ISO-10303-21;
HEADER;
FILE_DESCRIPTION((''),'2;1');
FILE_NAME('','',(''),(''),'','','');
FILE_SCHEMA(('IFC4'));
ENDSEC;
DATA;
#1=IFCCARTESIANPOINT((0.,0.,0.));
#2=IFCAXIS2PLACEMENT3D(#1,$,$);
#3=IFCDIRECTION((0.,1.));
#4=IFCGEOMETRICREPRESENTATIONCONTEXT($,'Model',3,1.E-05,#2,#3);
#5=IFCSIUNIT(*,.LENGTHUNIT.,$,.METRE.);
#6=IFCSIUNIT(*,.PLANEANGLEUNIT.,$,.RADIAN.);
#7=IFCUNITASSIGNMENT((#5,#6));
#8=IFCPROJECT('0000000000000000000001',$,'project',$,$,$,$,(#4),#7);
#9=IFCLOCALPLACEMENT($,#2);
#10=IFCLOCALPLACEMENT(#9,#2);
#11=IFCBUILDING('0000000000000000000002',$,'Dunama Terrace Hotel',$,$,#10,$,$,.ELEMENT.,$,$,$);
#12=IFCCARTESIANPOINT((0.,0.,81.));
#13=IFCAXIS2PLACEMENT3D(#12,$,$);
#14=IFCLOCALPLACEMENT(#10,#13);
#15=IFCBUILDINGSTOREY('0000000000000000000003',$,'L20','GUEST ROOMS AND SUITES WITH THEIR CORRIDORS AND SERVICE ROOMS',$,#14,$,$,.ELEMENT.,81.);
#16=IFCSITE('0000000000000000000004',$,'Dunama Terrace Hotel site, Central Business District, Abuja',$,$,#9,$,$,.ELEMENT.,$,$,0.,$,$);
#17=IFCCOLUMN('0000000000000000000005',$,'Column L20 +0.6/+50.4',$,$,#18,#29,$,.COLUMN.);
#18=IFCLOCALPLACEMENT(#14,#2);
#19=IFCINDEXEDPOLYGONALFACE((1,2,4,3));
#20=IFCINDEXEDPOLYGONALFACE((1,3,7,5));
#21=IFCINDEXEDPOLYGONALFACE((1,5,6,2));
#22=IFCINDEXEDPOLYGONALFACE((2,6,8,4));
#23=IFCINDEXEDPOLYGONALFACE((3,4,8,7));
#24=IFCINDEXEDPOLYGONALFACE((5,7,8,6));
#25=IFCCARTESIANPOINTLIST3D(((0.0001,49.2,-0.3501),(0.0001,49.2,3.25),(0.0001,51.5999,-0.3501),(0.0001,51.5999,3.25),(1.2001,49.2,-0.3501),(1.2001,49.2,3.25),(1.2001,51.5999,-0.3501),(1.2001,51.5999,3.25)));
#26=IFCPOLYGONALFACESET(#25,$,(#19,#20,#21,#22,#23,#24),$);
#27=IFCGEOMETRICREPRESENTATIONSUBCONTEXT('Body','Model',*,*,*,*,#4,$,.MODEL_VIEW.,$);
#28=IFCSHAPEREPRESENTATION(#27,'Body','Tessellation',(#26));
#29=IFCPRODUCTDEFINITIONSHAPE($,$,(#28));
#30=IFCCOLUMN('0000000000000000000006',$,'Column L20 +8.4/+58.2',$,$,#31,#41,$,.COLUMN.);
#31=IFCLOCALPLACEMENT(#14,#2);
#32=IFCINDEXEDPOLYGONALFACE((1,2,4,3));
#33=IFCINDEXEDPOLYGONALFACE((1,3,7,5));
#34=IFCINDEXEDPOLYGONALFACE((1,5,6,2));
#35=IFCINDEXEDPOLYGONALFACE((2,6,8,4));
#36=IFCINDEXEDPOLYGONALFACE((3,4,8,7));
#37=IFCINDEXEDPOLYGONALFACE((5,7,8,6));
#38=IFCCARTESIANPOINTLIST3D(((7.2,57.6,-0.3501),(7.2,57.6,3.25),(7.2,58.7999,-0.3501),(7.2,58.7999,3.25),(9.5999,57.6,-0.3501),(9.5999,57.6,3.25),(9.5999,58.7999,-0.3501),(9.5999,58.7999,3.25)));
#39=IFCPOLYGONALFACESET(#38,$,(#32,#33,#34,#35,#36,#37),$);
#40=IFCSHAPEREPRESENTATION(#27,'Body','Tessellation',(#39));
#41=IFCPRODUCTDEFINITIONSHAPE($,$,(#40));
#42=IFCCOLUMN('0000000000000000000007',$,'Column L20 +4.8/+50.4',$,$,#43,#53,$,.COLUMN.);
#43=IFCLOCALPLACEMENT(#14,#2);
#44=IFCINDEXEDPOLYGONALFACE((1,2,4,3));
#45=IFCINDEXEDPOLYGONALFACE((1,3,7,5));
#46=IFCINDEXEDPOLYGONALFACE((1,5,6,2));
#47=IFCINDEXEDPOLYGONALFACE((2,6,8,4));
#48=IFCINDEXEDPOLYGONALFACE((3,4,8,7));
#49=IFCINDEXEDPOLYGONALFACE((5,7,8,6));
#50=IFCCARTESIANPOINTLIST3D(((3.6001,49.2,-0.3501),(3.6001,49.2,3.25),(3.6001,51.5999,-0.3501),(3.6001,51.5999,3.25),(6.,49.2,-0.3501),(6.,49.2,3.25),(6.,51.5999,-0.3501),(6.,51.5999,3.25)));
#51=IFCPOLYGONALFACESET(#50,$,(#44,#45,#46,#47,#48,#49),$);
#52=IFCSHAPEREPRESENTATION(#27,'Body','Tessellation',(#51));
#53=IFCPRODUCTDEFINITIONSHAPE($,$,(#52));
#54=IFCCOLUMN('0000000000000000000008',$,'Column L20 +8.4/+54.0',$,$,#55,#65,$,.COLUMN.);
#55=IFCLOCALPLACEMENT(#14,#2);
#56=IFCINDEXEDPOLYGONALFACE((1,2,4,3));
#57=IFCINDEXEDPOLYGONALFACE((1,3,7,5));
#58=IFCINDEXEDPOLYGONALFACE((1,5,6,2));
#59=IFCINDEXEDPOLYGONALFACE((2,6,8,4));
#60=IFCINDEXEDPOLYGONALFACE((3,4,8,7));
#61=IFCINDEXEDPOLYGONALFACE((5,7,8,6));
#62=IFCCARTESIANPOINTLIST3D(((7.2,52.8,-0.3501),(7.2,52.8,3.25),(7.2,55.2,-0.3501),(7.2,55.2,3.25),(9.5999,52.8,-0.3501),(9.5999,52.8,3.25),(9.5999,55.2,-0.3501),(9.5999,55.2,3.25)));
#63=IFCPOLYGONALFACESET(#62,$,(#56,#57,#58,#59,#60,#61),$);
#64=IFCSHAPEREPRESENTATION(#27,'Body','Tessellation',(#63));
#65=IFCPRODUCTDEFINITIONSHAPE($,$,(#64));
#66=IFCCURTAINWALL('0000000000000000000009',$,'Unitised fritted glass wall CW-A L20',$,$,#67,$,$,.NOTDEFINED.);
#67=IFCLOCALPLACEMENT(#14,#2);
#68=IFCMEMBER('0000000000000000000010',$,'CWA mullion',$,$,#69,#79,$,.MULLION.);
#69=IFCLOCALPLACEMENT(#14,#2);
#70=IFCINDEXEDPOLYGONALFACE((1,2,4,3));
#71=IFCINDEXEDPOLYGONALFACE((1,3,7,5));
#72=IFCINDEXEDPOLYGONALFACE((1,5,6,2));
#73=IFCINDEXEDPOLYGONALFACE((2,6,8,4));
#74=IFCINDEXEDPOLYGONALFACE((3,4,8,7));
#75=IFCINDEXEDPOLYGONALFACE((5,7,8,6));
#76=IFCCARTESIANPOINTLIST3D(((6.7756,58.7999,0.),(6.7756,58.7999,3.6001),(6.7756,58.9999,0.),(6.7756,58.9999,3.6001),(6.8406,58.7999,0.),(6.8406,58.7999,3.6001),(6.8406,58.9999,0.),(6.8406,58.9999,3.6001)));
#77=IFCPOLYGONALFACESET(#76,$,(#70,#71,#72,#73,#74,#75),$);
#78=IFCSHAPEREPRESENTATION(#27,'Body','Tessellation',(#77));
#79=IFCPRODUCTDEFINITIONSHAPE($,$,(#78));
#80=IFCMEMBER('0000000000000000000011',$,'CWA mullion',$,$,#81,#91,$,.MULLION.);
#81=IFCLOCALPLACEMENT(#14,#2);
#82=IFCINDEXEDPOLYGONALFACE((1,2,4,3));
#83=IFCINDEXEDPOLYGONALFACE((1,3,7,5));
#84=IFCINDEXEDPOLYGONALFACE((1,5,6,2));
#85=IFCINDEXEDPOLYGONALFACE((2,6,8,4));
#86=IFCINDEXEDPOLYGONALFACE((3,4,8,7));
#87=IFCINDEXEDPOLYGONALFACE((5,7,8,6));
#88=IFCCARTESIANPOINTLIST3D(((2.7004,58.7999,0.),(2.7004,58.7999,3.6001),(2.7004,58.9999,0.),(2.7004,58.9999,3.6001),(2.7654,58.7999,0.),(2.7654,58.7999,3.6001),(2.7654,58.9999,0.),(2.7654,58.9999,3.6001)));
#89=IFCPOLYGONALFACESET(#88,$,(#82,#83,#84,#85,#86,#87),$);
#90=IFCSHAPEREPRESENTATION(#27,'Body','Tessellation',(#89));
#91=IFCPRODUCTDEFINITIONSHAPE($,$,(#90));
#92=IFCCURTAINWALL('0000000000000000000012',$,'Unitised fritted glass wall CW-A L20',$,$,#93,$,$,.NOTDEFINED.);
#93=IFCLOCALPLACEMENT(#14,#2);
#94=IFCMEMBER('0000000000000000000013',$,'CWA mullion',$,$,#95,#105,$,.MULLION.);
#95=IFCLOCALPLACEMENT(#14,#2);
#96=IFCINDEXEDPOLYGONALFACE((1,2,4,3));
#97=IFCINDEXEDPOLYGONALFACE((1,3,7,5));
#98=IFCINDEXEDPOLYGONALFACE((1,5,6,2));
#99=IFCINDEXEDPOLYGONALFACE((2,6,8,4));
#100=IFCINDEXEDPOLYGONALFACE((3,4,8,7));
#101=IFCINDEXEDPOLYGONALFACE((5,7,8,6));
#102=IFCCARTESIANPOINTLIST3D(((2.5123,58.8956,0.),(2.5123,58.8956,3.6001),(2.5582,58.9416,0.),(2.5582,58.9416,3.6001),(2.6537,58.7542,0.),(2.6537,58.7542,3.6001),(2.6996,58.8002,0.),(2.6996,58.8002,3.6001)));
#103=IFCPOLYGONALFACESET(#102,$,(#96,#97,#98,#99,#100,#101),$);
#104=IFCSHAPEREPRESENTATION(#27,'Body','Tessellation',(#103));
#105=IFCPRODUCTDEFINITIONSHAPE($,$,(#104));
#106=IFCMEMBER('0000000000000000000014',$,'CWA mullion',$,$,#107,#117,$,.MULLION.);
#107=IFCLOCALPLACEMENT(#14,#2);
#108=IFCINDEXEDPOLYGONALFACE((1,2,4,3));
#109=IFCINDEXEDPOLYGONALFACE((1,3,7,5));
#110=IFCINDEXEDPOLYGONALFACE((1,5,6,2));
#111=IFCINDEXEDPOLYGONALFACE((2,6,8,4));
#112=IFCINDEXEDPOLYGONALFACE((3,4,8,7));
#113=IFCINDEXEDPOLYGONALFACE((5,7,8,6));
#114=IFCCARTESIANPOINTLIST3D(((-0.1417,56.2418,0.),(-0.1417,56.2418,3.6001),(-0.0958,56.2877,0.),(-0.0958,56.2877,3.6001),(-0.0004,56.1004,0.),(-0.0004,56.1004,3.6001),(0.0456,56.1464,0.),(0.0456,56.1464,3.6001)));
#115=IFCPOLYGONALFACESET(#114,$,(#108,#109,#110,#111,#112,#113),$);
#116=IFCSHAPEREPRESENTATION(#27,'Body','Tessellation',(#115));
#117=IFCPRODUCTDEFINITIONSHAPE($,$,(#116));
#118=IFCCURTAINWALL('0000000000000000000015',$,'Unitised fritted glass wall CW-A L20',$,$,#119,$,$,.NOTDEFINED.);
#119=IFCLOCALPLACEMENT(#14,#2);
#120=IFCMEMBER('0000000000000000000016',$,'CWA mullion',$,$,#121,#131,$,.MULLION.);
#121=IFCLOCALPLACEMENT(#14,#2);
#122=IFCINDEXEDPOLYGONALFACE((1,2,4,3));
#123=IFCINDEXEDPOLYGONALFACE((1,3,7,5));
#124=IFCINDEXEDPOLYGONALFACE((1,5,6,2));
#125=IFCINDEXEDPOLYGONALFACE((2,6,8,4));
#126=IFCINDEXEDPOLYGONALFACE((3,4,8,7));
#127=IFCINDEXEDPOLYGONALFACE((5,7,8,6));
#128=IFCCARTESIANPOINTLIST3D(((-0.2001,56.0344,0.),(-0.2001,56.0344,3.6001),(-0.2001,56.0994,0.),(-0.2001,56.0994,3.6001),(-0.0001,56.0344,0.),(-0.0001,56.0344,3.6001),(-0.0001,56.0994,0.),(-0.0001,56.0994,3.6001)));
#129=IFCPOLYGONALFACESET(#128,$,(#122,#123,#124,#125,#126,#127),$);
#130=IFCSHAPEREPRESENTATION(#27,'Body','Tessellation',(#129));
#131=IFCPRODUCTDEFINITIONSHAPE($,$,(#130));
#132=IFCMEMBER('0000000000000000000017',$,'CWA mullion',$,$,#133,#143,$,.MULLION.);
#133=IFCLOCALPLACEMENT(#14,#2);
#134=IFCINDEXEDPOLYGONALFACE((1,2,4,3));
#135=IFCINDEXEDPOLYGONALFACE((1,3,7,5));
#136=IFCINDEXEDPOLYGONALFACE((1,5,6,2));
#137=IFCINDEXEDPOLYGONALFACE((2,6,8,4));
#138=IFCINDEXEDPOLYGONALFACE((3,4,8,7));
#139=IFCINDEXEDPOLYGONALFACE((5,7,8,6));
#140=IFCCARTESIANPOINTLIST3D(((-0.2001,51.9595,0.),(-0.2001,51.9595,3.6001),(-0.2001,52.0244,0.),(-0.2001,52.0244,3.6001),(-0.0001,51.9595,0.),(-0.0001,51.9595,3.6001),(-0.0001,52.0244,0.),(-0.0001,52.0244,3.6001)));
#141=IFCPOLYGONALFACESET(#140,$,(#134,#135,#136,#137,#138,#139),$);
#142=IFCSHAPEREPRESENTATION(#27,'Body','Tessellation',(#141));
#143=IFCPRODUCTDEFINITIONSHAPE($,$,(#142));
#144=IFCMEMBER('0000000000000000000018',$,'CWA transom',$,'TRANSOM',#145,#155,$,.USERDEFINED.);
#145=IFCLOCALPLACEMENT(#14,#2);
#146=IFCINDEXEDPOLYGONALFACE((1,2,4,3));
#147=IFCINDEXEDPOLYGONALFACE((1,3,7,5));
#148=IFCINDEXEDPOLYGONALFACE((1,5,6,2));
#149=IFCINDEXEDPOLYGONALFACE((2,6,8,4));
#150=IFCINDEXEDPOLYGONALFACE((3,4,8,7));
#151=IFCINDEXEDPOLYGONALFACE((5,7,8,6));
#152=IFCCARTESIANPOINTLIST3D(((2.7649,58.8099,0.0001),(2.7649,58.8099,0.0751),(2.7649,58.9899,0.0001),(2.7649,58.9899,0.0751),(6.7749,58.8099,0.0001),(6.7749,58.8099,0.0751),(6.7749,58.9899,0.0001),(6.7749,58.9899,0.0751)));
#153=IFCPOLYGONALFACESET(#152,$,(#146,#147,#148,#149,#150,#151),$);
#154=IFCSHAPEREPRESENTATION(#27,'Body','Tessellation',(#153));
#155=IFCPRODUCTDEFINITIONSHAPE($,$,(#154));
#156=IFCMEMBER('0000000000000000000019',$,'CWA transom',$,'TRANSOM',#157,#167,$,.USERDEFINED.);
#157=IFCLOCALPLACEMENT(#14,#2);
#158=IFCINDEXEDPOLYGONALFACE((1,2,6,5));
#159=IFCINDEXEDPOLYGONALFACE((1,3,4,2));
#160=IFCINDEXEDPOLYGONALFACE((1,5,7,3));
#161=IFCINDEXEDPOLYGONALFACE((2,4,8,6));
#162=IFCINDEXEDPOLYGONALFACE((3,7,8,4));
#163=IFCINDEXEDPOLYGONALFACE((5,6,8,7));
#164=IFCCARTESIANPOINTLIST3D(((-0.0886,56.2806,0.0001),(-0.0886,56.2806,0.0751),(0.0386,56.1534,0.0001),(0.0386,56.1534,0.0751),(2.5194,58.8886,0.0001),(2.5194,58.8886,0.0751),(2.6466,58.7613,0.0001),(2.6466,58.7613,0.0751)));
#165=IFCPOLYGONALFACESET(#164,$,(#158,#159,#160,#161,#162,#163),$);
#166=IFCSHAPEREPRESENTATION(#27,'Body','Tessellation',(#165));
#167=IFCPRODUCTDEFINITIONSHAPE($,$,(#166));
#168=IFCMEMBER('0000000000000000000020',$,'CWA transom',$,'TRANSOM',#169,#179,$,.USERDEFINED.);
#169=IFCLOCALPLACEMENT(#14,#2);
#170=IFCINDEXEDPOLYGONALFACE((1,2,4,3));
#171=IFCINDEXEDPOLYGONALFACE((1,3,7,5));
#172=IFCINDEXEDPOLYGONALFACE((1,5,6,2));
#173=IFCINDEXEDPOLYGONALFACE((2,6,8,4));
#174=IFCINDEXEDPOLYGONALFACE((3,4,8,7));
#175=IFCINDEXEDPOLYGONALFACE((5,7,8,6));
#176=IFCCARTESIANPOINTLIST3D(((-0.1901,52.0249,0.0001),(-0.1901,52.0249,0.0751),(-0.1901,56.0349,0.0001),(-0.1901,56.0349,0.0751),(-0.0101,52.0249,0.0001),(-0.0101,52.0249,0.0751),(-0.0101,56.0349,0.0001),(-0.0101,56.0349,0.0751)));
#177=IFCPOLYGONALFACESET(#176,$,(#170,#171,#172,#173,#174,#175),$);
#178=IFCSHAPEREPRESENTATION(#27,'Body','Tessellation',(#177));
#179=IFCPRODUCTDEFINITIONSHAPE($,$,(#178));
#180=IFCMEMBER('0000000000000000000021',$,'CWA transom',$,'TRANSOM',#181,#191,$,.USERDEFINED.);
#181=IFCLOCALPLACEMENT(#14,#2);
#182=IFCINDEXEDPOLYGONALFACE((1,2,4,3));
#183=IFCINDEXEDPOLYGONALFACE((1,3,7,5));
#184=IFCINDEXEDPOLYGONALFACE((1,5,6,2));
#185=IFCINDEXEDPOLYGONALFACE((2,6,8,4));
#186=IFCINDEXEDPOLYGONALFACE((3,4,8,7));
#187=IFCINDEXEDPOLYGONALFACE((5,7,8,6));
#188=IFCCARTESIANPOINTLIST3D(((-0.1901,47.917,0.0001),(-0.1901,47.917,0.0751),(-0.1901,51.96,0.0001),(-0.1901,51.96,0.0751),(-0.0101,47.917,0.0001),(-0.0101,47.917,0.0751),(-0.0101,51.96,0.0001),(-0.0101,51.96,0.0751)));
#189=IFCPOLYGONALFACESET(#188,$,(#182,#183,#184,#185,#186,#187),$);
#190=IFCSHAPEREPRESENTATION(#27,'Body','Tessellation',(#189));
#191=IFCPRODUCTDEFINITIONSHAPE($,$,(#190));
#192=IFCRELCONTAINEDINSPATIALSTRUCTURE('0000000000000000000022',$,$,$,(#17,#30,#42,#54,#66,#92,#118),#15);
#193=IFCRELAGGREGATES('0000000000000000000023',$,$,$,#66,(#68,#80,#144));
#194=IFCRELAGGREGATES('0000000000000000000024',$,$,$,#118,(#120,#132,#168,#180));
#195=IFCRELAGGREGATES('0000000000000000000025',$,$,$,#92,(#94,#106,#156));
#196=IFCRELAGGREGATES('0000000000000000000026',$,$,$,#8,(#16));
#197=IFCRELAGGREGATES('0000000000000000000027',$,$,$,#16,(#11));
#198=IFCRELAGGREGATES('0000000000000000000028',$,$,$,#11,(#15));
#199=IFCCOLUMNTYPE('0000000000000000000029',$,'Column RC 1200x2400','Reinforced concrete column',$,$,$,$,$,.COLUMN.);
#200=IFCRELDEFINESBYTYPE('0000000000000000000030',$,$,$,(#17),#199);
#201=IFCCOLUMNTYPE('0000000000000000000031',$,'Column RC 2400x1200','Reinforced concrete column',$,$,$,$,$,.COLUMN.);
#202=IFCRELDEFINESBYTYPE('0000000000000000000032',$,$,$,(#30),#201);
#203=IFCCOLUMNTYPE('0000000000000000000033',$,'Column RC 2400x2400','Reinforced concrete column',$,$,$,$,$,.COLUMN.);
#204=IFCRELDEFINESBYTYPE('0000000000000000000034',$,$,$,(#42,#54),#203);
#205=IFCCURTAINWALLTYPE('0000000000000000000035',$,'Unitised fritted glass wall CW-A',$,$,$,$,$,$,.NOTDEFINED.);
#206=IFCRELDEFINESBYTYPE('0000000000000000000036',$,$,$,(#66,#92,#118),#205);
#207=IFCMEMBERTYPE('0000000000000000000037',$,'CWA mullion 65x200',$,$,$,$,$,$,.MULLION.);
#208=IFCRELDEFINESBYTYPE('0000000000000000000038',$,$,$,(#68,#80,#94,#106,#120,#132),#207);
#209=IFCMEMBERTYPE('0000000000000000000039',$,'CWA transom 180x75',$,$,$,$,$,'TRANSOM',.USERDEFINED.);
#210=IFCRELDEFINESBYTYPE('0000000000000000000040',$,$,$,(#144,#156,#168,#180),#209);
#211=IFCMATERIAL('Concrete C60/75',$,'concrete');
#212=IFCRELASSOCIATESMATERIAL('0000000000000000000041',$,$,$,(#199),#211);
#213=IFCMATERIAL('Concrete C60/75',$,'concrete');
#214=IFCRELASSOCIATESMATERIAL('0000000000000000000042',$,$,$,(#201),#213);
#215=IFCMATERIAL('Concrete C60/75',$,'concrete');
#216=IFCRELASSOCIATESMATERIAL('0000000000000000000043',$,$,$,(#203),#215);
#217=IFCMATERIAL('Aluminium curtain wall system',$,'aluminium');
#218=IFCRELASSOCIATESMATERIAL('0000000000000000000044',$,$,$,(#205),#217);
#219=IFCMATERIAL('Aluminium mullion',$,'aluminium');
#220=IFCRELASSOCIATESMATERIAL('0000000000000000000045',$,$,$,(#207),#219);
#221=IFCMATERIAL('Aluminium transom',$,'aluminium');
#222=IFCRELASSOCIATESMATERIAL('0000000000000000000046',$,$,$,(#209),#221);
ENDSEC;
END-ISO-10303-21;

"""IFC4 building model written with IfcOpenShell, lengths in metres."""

from ifc_helpers import new_model, si_unit, direction, frame, origin, origin_2d, place, context, subcontext, project, spatial, rectangle, extrude, material, material_profile, profile_set, type_object, element, aggregate, save


model = new_model("IFC4")

# Units and contexts
model_context = context("Model", 3, precision=1e-05, world=origin(), true_north=direction((0.0, 1.0)))
body_context = subcontext(model_context, "Body", "Model", "MODEL_VIEW")
ifc_project = project(units=[si_unit("LENGTHUNIT", "METRE"), si_unit("PLANEANGLEUNIT", "RADIAN")], contexts=[model_context])

# Site, building, storey
site_placement = place(None, origin())
site = spatial("IfcSite", under=ifc_project, at=site_placement, Name="Dunama Terrace Hotel site, Central Business District, Abuja", CompositionType="ELEMENT", RefElevation=0.0)
building_placement = place(site_placement, origin())
building = spatial("IfcBuilding", under=site, at=building_placement, Name="Dunama Terrace Hotel", CompositionType="ELEMENT")
storey_placement = place(building_placement, frame((0.0, 0.0, 81.0)))
storey = spatial("IfcBuildingStorey", under=building, at=storey_placement, Name="L20", Description="GUEST ROOMS AND SUITES WITH THEIR CORRIDORS AND SERVICE ROOMS", CompositionType="ELEMENT", Elevation=81.0)

# Columns
ifc_material_1 = material(Name="Concrete C60/75", Category="concrete")
ifc_material_profile_1 = material_profile(ifc_material_1, rectangle(XDim=1.2, YDim=2.3999, at=origin_2d()), Name="RC 1200x2400")
ifc_profile_set_1 = profile_set([ifc_material_profile_1], Name="Concrete C60/75")
column_type_1 = type_object("IfcColumnType", Name="Column RC 1200x2400", Description="Reinforced concrete column", PredefinedType="COLUMN", material=ifc_profile_set_1)
column_1_placement = place(storey_placement, frame((0.6001, 50.3999, -0.3501), z_axis=(0.0, 0.0, 1.0), x_axis=(1.0, 0.0, 0.0)))
element("IfcColumn", 1, at=column_1_placement, inside=storey, type_object=column_type_1, Name="Column L20 +0.6/+50.4", PredefinedType="COLUMN", context=body_context, shape_type="SweptSolid", body=[
    extrude(rectangle(XDim=1.2, YDim=2.3999, at=origin_2d()), origin(), (0.0, 0.0, 1.0), 3.6001),
])
ifc_material_2 = material(Name="Concrete C60/75", Category="concrete")
ifc_material_profile_2 = material_profile(ifc_material_2, rectangle(XDim=2.3999, YDim=1.2, at=origin_2d()), Name="RC 2400x1200")
ifc_profile_set_2 = profile_set([ifc_material_profile_2], Name="Concrete C60/75")
column_type_2 = type_object("IfcColumnType", Name="Column RC 2400x1200", Description="Reinforced concrete column", PredefinedType="COLUMN", material=ifc_profile_set_2)
column_2_placement = place(storey_placement, frame((8.3999, 58.2, -0.3501), z_axis=(0.0, 0.0, 1.0), x_axis=(1.0, 0.0, 0.0)))
element("IfcColumn", 2, at=column_2_placement, inside=storey, type_object=column_type_2, Name="Column L20 +8.4/+58.2", PredefinedType="COLUMN", context=body_context, shape_type="SweptSolid", body=[
    extrude(rectangle(XDim=2.3999, YDim=1.2, at=origin_2d()), origin(), (0.0, 0.0, 1.0), 3.6001),
])
ifc_material_3 = material(Name="Concrete C60/75", Category="concrete")
ifc_material_profile_3 = material_profile(ifc_material_3, rectangle(XDim=2.3999, YDim=2.3999, at=origin_2d()), Name="RC 2400x2400")
ifc_profile_set_3 = profile_set([ifc_material_profile_3], Name="Concrete C60/75")
column_type_3 = type_object("IfcColumnType", Name="Column RC 2400x2400", Description="Reinforced concrete column", PredefinedType="COLUMN", material=ifc_profile_set_3)
for number, where, z_axis, x_axis, name in (
    (3, (4.8, 50.3999, -0.3501), (0.0, 0.0, 1.0), (1.0, 0.0, 0.0), "Column L20 +4.8/+50.4"),
    (4, (8.3999, 54.0, -0.3501), (0.0, 0.0, 1.0), (1.0, 0.0, 0.0), "Column L20 +8.4/+54.0"),
):
    element("IfcColumn", number, at=place(storey_placement, frame(where, z_axis=z_axis, x_axis=x_axis)), inside=storey, type_object=column_type_3, Name=name, PredefinedType="COLUMN", context=body_context, shape_type="SweptSolid", body=[
        extrude(rectangle(XDim=2.3999, YDim=2.3999, at=origin_2d()), origin(), (0.0, 0.0, 1.0), 3.6001),
    ])

# Curtain walls, members
ifc_material_4 = material(Name="Aluminium curtain wall system", Category="aluminium")
curtain_wall_type = type_object("IfcCurtainWallType", Name="Unitised fritted glass wall CW-A", PredefinedType="NOTDEFINED", material=ifc_material_4)
curtain_wall_1_placement = place(storey_placement, origin())
curtain_wall_1 = element("IfcCurtainWall", 5, at=curtain_wall_1_placement, inside=storey, type_object=curtain_wall_type, Name="Unitised fritted glass wall CW-A L20", PredefinedType="NOTDEFINED")
ifc_material_5 = material(Name="Aluminium mullion", Category="aluminium")
ifc_material_profile_4 = material_profile(ifc_material_5, rectangle(XDim=0.0649, YDim=0.2, at=origin_2d()), Name="CWA MULLION 65X200")
ifc_profile_set_4 = profile_set([ifc_material_profile_4], Name="Aluminium mullion")
member_type_1 = type_object("IfcMemberType", Name="CWA mullion 65x200", PredefinedType="MULLION", material=ifc_profile_set_4)
member_1_placement = place(storey_placement, frame((6.8081, 58.8999, 0.0), z_axis=(0.0, 0.0, 1.0), x_axis=(-1.0, 0.0, 0.0)))
member_1 = element("IfcMember", 6, at=member_1_placement, type_object=member_type_1, Name="CWA mullion", PredefinedType="MULLION", context=body_context, shape_type="SweptSolid", body=[
    extrude(rectangle(XDim=0.0649, YDim=0.2, at=origin_2d()), origin(), (0.0, 0.0, 1.0), 3.6001),
])
member_2_placement = place(storey_placement, frame((2.7329, 58.8999, 0.0), z_axis=(0.0, 0.0, 1.0), x_axis=(-1.0, 0.0, 0.0)))
member_2 = element("IfcMember", 7, at=member_2_placement, type_object=member_type_1, Name="CWA mullion", PredefinedType="MULLION", context=body_context, shape_type="SweptSolid", body=[
    extrude(rectangle(XDim=0.0649, YDim=0.2, at=origin_2d()), origin(), (0.0, 0.0, 1.0), 3.6001),
])
curtain_wall_2_placement = place(storey_placement, origin())
curtain_wall_2 = element("IfcCurtainWall", 8, at=curtain_wall_2_placement, inside=storey, type_object=curtain_wall_type, Name="Unitised fritted glass wall CW-A L20", PredefinedType="NOTDEFINED")
member_3_placement = place(storey_placement, frame((2.606, 58.8479, 0.0), z_axis=(0.0, 0.0, 1.0), x_axis=(-0.707107, -0.707107, 0.0)))
member_3 = element("IfcMember", 9, at=member_3_placement, type_object=member_type_1, Name="CWA mullion", PredefinedType="MULLION", context=body_context, shape_type="SweptSolid", body=[
    extrude(rectangle(XDim=0.0649, YDim=0.2, at=origin_2d()), origin(), (0.0, 0.0, 1.0), 3.6001),
])
member_4_placement = place(storey_placement, frame((-0.0481, 56.1941, 0.0), z_axis=(0.0, 0.0, 1.0), x_axis=(-0.707107, -0.707107, 0.0)))
member_4 = element("IfcMember", 10, at=member_4_placement, type_object=member_type_1, Name="CWA mullion", PredefinedType="MULLION", context=body_context, shape_type="SweptSolid", body=[
    extrude(rectangle(XDim=0.0649, YDim=0.2, at=origin_2d()), origin(), (0.0, 0.0, 1.0), 3.6001),
])
curtain_wall_3_placement = place(storey_placement, origin())
curtain_wall_3 = element("IfcCurtainWall", 11, at=curtain_wall_3_placement, inside=storey, type_object=curtain_wall_type, Name="Unitised fritted glass wall CW-A L20", PredefinedType="NOTDEFINED")
member_5_placement = place(storey_placement, frame((-0.1001, 56.0669, 0.0), z_axis=(0.0, 0.0, 1.0), x_axis=(0.0, -1.0, 0.0)))
member_5 = element("IfcMember", 12, at=member_5_placement, type_object=member_type_1, Name="CWA mullion", PredefinedType="MULLION", context=body_context, shape_type="SweptSolid", body=[
    extrude(rectangle(XDim=0.0649, YDim=0.2, at=origin_2d()), origin(), (0.0, 0.0, 1.0), 3.6001),
])
member_6_placement = place(storey_placement, frame((-0.1001, 51.9919, 0.0), z_axis=(0.0, 0.0, 1.0), x_axis=(0.0, -1.0, 0.0)))
member_6 = element("IfcMember", 13, at=member_6_placement, type_object=member_type_1, Name="CWA mullion", PredefinedType="MULLION", context=body_context, shape_type="SweptSolid", body=[
    extrude(rectangle(XDim=0.0649, YDim=0.2, at=origin_2d()), origin(), (0.0, 0.0, 1.0), 3.6001),
])

# Members
ifc_material_6 = material(Name="Aluminium transom", Category="aluminium")
ifc_material_profile_5 = material_profile(ifc_material_6, rectangle(XDim=0.1799, YDim=0.075, at=origin_2d()), Name="CWA TRANSOM 180X75")
ifc_profile_set_5 = profile_set([ifc_material_profile_5], Name="Aluminium transom")
member_type_2 = type_object("IfcMemberType", Name="CWA transom 180x75", ElementType="TRANSOM", PredefinedType="USERDEFINED", material=ifc_profile_set_5)
member_7_placement = place(storey_placement, frame((6.7749, 58.8999, 0.0376), z_axis=(-1.0, 0.0, 0.0), x_axis=(0.0, -1.0, 0.0)))
member_7 = element("IfcMember", 14, at=member_7_placement, type_object=member_type_2, Name="CWA transom", ObjectType="TRANSOM", PredefinedType="USERDEFINED", context=body_context, shape_type="SweptSolid", body=[
    extrude(rectangle(XDim=0.1799, YDim=0.075, at=origin_2d()), origin(), (0.0, 0.0, 1.0), 4.01),
])
member_8_placement = place(storey_placement, frame((2.583, 58.825, 0.0376), z_axis=(-0.707107, -0.707107, 0.0), x_axis=(0.707107, -0.707107, 0.0)))
member_8 = element("IfcMember", 15, at=member_8_placement, type_object=member_type_2, Name="CWA transom", ObjectType="TRANSOM", PredefinedType="USERDEFINED", context=body_context, shape_type="SweptSolid", body=[
    extrude(rectangle(XDim=0.1799, YDim=0.075, at=origin_2d()), origin(), (0.0, 0.0, 1.0), 3.6882),
])
member_9_placement = place(storey_placement, frame((-0.1001, 56.0349, 0.0376), z_axis=(0.0, -1.0, 0.0), x_axis=(1.0, 0.0, 0.0)))
member_9 = element("IfcMember", 16, at=member_9_placement, type_object=member_type_2, Name="CWA transom", ObjectType="TRANSOM", PredefinedType="USERDEFINED", context=body_context, shape_type="SweptSolid", body=[
    extrude(rectangle(XDim=0.1799, YDim=0.075, at=origin_2d()), origin(), (0.0, 0.0, 1.0), 4.01),
])
member_10_placement = place(storey_placement, frame((-0.1001, 51.96, 0.0376), z_axis=(0.0, -1.0, 0.0), x_axis=(1.0, 0.0, 0.0)))
member_10 = element("IfcMember", 17, at=member_10_placement, type_object=member_type_2, Name="CWA transom", ObjectType="TRANSOM", PredefinedType="USERDEFINED", context=body_context, shape_type="SweptSolid", body=[
    extrude(rectangle(XDim=0.1799, YDim=0.075, at=origin_2d()), origin(), (0.0, 0.0, 1.0), 4.043),
])

aggregate(curtain_wall_1, [member_1, member_2, member_7])
aggregate(curtain_wall_3, [member_5, member_6, member_9, member_10])
aggregate(curtain_wall_2, [member_3, member_4, member_8])

save(model, "model.ifc")
